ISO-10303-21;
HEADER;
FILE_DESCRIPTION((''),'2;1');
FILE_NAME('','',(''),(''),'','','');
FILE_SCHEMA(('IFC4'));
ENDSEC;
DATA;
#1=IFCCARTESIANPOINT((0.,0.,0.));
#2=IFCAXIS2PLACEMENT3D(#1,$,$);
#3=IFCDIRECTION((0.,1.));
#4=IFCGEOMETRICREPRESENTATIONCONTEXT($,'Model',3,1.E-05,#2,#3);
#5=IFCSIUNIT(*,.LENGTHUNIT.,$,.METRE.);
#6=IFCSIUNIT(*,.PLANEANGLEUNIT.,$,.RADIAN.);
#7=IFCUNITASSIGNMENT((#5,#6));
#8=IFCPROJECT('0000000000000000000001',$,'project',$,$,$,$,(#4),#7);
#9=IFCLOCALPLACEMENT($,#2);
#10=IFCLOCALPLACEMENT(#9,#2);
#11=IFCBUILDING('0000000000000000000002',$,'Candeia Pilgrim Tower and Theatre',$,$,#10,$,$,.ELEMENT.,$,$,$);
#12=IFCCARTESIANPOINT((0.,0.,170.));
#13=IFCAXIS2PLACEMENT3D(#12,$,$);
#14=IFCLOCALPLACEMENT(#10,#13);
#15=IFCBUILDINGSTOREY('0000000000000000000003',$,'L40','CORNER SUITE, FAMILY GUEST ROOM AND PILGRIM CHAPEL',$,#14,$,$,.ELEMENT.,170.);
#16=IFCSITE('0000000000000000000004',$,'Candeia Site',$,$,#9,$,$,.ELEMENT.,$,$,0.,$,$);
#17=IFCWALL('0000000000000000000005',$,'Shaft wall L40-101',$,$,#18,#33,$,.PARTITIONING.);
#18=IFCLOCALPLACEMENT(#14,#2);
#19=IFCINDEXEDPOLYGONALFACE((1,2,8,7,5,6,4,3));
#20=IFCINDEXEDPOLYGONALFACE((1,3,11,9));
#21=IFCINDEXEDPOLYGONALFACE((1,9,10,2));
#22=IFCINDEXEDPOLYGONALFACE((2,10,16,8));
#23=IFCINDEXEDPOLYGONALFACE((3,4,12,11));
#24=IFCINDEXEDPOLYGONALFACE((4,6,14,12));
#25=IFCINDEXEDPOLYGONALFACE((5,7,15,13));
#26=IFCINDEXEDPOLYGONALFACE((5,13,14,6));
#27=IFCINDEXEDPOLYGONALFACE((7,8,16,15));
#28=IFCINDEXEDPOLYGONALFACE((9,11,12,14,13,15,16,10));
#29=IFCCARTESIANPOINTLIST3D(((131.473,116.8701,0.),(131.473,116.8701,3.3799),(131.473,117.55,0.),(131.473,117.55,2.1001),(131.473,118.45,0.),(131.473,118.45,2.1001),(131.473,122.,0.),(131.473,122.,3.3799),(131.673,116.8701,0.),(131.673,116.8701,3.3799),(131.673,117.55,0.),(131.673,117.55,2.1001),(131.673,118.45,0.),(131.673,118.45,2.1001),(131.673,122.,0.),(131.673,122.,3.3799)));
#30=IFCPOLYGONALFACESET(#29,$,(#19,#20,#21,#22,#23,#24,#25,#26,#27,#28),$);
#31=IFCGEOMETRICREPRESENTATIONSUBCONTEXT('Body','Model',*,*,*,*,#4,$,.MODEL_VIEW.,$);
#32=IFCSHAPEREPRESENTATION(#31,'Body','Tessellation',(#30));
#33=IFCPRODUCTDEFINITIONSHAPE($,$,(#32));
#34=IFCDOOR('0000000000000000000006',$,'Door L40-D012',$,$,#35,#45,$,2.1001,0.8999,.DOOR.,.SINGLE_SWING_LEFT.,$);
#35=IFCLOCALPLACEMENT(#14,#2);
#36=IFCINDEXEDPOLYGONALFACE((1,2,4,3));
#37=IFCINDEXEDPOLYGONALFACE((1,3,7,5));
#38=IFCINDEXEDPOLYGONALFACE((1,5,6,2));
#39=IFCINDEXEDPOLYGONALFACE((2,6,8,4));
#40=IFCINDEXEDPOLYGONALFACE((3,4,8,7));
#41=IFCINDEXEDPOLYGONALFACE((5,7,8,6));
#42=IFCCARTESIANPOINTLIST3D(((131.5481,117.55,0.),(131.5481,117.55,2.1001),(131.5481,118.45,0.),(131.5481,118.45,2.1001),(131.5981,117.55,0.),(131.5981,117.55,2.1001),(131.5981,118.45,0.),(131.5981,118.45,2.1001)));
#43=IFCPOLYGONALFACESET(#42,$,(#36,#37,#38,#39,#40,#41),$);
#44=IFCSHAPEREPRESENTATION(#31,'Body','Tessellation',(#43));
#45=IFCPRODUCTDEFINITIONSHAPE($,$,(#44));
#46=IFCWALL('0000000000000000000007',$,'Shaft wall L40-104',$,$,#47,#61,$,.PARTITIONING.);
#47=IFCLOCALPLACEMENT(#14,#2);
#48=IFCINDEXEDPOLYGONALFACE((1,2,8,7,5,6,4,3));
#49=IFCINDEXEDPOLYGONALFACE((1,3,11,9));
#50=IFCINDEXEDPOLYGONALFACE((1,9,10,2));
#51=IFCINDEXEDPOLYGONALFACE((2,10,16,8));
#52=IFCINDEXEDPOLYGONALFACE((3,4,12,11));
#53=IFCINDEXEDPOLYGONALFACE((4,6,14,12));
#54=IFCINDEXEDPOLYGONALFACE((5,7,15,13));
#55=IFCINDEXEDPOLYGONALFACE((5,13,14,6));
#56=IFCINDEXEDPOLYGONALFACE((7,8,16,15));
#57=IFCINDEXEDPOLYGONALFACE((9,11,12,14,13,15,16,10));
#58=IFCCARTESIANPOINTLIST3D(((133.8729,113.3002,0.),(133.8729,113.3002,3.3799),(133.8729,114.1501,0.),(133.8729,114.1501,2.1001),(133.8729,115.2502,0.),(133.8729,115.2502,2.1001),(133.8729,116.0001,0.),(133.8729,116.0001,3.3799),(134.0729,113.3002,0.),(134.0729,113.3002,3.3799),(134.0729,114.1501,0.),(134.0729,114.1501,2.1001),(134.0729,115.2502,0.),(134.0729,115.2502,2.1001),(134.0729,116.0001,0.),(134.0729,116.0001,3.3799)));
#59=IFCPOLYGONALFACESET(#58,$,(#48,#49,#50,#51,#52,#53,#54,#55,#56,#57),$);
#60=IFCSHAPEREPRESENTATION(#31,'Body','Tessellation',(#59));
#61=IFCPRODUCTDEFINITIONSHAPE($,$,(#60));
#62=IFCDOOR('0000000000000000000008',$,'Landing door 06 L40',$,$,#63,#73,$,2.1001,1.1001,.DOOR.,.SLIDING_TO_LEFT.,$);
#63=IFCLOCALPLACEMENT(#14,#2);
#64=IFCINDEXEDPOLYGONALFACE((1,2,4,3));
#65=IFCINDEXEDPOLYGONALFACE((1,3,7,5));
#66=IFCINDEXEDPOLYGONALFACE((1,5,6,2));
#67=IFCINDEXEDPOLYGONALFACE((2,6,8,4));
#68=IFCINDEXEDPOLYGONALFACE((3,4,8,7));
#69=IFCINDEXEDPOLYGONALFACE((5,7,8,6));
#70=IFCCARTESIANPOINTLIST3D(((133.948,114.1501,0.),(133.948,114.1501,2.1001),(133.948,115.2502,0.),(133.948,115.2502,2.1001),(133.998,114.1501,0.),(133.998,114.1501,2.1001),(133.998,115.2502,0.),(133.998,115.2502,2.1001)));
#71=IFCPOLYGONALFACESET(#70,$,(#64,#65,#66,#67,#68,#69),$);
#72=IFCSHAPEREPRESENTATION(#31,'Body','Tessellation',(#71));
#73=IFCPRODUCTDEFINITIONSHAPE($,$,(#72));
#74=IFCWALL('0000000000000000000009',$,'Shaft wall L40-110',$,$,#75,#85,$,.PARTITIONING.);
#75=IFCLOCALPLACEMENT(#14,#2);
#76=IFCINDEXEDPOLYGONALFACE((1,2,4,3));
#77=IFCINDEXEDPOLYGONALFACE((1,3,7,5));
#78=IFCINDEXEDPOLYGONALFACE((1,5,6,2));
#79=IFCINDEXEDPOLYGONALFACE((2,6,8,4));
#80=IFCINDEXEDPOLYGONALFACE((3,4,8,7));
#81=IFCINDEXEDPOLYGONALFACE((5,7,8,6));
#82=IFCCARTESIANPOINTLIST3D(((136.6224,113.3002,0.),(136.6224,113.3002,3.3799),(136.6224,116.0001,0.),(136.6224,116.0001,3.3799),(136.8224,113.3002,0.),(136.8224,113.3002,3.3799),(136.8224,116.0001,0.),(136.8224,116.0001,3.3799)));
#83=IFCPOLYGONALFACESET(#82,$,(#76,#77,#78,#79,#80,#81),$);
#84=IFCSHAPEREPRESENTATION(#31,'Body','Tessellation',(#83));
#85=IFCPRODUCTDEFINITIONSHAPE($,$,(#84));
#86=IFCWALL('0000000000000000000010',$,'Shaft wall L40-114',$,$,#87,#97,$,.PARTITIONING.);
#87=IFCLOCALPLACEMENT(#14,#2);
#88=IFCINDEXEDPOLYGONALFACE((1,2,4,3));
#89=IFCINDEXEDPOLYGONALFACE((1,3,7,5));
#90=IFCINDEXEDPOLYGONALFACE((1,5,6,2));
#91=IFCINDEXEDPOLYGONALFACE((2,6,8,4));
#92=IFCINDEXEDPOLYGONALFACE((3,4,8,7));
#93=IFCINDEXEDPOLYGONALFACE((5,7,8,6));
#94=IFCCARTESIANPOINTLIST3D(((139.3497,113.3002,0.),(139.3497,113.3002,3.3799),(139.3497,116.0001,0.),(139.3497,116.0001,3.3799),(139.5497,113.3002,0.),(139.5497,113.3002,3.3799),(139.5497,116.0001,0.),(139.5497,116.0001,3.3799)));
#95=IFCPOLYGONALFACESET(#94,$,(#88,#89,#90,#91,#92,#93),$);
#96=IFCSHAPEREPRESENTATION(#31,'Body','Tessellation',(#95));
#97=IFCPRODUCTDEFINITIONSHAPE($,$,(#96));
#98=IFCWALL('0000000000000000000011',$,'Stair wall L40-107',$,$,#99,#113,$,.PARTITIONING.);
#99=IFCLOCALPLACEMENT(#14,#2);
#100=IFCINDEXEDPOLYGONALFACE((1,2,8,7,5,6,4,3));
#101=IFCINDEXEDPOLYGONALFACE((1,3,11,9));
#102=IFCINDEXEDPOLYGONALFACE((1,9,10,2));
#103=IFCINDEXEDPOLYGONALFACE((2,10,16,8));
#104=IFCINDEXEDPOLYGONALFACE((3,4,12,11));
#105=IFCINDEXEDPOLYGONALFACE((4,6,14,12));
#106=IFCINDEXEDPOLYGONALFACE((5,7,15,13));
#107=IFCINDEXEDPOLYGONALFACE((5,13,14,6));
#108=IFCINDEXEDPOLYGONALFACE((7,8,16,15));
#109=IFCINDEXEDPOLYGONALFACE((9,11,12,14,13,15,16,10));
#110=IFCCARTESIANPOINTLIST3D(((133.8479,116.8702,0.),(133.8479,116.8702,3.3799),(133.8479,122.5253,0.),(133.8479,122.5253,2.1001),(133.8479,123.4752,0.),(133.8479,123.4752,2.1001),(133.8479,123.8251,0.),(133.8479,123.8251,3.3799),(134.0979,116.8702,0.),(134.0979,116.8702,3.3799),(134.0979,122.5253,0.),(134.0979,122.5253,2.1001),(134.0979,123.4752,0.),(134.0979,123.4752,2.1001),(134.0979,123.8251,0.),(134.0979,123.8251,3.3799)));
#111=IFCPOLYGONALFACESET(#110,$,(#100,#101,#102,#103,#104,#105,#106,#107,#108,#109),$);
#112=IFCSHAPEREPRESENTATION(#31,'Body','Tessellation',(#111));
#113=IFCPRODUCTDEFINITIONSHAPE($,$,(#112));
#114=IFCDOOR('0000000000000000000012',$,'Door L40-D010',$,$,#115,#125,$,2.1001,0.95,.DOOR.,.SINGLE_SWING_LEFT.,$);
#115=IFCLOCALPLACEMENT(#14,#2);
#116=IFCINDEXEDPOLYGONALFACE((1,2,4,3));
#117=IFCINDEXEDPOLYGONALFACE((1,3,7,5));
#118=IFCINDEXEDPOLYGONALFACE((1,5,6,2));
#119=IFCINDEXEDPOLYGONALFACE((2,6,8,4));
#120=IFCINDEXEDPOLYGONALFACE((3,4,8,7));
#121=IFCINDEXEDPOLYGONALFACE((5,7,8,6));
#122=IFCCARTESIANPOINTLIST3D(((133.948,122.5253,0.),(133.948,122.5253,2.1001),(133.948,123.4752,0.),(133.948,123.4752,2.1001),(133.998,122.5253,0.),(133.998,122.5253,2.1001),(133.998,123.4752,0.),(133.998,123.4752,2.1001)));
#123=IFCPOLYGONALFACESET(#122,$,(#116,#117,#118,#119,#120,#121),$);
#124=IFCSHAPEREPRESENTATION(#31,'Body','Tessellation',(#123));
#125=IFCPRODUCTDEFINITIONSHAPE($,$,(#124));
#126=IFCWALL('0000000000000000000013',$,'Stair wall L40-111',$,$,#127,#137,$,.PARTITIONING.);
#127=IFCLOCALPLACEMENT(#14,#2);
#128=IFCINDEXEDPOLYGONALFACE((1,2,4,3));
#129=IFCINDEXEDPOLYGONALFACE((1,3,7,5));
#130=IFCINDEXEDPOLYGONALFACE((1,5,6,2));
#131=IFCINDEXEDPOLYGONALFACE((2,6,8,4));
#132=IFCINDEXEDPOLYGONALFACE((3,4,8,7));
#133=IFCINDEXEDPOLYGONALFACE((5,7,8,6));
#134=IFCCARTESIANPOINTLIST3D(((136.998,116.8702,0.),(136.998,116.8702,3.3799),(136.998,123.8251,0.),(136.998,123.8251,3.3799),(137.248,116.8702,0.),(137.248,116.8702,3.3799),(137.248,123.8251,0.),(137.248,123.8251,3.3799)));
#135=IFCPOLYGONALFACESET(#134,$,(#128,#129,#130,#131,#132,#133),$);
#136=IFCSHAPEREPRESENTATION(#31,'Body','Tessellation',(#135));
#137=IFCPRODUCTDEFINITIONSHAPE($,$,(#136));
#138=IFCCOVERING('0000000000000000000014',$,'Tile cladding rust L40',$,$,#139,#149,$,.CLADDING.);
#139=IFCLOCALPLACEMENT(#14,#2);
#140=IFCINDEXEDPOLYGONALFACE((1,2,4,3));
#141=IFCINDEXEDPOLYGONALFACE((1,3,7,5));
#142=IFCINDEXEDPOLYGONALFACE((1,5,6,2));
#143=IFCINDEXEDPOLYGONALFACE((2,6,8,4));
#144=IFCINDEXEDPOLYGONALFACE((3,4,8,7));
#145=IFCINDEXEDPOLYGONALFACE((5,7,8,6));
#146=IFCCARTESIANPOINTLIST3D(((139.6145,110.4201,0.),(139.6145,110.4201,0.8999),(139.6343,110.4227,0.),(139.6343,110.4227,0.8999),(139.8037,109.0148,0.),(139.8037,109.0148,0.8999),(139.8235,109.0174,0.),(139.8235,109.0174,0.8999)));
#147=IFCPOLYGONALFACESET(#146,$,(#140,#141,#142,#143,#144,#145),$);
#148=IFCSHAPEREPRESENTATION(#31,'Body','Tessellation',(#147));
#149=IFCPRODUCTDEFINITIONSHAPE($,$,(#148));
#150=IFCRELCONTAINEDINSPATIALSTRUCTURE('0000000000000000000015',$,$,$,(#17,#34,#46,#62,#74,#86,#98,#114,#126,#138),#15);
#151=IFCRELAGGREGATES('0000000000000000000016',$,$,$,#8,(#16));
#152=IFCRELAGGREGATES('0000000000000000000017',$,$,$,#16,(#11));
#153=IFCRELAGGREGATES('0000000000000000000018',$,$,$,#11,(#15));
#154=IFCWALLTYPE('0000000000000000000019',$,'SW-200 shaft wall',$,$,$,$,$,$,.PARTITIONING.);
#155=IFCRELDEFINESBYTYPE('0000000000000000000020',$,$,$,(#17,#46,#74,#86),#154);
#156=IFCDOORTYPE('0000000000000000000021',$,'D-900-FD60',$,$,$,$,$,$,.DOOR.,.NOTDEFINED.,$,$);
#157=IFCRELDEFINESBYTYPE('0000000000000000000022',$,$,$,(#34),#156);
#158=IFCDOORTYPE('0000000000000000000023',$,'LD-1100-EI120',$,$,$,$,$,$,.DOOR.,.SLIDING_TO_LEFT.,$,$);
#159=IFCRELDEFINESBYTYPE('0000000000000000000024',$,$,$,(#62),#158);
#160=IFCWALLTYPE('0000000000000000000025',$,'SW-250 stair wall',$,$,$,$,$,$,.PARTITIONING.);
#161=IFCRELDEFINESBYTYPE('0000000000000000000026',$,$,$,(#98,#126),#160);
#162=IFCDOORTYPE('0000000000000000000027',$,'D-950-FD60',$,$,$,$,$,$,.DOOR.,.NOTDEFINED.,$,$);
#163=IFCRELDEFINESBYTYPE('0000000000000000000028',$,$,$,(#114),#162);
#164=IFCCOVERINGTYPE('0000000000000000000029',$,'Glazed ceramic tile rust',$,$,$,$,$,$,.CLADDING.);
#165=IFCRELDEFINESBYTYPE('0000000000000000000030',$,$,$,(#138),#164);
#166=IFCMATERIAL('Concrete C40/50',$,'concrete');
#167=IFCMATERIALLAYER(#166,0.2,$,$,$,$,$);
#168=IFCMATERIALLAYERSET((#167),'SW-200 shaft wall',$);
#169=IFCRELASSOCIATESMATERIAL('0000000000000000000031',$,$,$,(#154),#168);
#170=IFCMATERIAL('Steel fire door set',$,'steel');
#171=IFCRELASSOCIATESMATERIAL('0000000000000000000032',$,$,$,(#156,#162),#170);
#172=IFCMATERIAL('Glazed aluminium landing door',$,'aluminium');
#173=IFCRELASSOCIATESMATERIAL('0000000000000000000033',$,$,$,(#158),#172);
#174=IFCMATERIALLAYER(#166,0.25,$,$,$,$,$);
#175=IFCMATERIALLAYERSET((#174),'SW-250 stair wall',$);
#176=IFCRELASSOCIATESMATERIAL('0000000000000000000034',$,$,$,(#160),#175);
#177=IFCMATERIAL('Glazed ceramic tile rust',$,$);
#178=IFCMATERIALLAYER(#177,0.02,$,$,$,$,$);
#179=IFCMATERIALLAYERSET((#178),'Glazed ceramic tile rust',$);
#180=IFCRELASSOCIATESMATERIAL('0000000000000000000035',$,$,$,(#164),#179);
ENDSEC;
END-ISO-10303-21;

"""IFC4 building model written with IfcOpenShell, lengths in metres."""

from ifc_helpers import new_model, si_unit, direction, frame, frame_2d, origin, origin_2d, place, context, subcontext, project, spatial, rectangle, extrude, material, layer, layer_set, type_object, element, fill, save


model = new_model("IFC4")

# Units and contexts
model_context = context("Model", 3, precision=1e-05, world=origin(), true_north=direction((0.0, 1.0)))
body_context = subcontext(model_context, "Body", "Model", "MODEL_VIEW")
ifc_project = project(units=[si_unit("LENGTHUNIT", "METRE"), si_unit("PLANEANGLEUNIT", "RADIAN")], contexts=[model_context])

# Site, building, storey
site_placement = place(None, origin())
site = spatial("IfcSite", under=ifc_project, at=site_placement, Name="Candeia Site", CompositionType="ELEMENT", RefElevation=0.0)
building_placement = place(site_placement, origin())
building = spatial("IfcBuilding", under=site, at=building_placement, Name="Candeia Pilgrim Tower and Theatre", CompositionType="ELEMENT")
storey_placement = place(building_placement, frame((0.0, 0.0, 170.0)))
storey = spatial("IfcBuildingStorey", under=building, at=storey_placement, Name="L40", Description="CORNER SUITE, FAMILY GUEST ROOM AND PILGRIM CHAPEL", CompositionType="ELEMENT", Elevation=170.0)

# Shared definitions
ifc_material_1 = material(Name="Steel fire door set", Category="steel")

# Walls, openings, doors
ifc_material_2 = material(Name="Concrete C40/50", Category="concrete")
ifc_layer_1 = layer(ifc_material_2, 0.2)
ifc_layer_set_1 = layer_set([ifc_layer_1], Name="SW-200 shaft wall")
wall_type_1 = type_object("IfcWallType", Name="SW-200 shaft wall", PredefinedType="PARTITIONING", material=ifc_layer_set_1)
door_type_1 = type_object("IfcDoorType", Name="D-900-FD60", OperationType="NOTDEFINED", PredefinedType="DOOR", material=ifc_material_1)
wall_1_placement = place(storey_placement, frame((131.573, 116.8701, 0.0), z_axis=(0.0, 0.0, 1.0), x_axis=(0.0, 1.0, 0.0)))
wall_1 = element("IfcWall", 1, at=wall_1_placement, inside=storey, type_object=wall_type_1, Name="Shaft wall L40-101", PredefinedType="PARTITIONING", context=body_context, shape_type="SweptSolid", body=[
    extrude(rectangle(XDim=5.1299, YDim=0.2, at=frame_2d((2.5649, 0.0))), origin(), (0.0, 0.0, 1.0), 3.3799),
])
opening_1_placement = place(wall_1_placement, frame((0.6799, 0.0, 0.0)))
opening_1 = element("IfcOpeningElement", 2, at=opening_1_placement, cuts=wall_1, PredefinedType="OPENING", context=body_context, shape_type="SweptSolid", body=[
    extrude(rectangle(XDim=0.8999, YDim=2.1001, at=frame_2d((0.45, 1.05))), frame((0.0, 0.1099, 0.0), z_axis=(0.0, -1.0, 0.0), x_axis=(1.0, 0.0, 0.0)), (0.0, 0.0, 1.0), 0.22),
])
door_1_placement = place(opening_1_placement, origin())
door_1 = element("IfcDoor", 3, at=door_1_placement, inside=storey, type_object=door_type_1, Name="Door L40-D012", OperationType="SINGLE_SWING_LEFT", OverallHeight=2.1001, OverallWidth=0.8999, PredefinedType="DOOR", context=body_context, shape_type="SweptSolid", body=[
    extrude(rectangle(XDim=0.8999, YDim=2.1001, at=frame_2d((0.45, 1.05))), frame((0.0, 0.0249, 0.0), z_axis=(0.0, -1.0, 0.0), x_axis=(1.0, 0.0, 0.0)), (0.0, 0.0, 1.0), 0.05),
])
fill(opening_1, door_1)
wall_2_placement = place(storey_placement, frame((133.9729, 113.3, 0.0), z_axis=(0.0, 0.0, 1.0), x_axis=(0.0, 1.0, 0.0)))
wall_2 = element("IfcWall", 4, at=wall_2_placement, inside=storey, type_object=wall_type_1, Name="Shaft wall L40-104", PredefinedType="PARTITIONING", context=body_context, shape_type="SweptSolid", body=[
    extrude(rectangle(XDim=2.7, YDim=0.2, at=frame_2d((1.3501, 0.0))), origin(), (0.0, 0.0, 1.0), 3.3799),
])
opening_2_placement = place(wall_2_placement, frame((0.8501, 0.0, 0.0)))
opening_2 = element("IfcOpeningElement", 5, at=opening_2_placement, cuts=wall_2, PredefinedType="OPENING", context=body_context, shape_type="SweptSolid", body=[
    extrude(rectangle(XDim=1.1001, YDim=2.1001, at=frame_2d((0.55, 1.05))), frame((0.0, 0.1099, 0.0), z_axis=(0.0, -1.0, 0.0), x_axis=(1.0, 0.0, 0.0)), (0.0, 0.0, 1.0), 0.22),
])
ifc_material_3 = material(Name="Glazed aluminium landing door", Category="aluminium")
door_type_2 = type_object("IfcDoorType", Name="LD-1100-EI120", OperationType="SLIDING_TO_LEFT", PredefinedType="DOOR", material=ifc_material_3)
door_2_placement = place(opening_2_placement, origin())
door_2 = element("IfcDoor", 6, at=door_2_placement, inside=storey, type_object=door_type_2, Name="Landing door 06 L40", OperationType="SLIDING_TO_LEFT", OverallHeight=2.1001, OverallWidth=1.1001, PredefinedType="DOOR", context=body_context, shape_type="SweptSolid", body=[
    extrude(rectangle(XDim=1.1001, YDim=2.1001, at=frame_2d((0.55, 1.05))), frame((0.0, 0.0249, 0.0), z_axis=(0.0, -1.0, 0.0), x_axis=(1.0, 0.0, 0.0)), (0.0, 0.0, 1.0), 0.05),
])
fill(opening_2, door_2)

# Walls
for number, where, z_axis, x_axis, name in (
    (7, (136.7224, 113.3, 0.0), (0.0, 0.0, 1.0), (0.0, 1.0, 0.0), "Shaft wall L40-110"),
    (8, (139.4497, 113.3, 0.0), (0.0, 0.0, 1.0), (0.0, 1.0, 0.0), "Shaft wall L40-114"),
):
    element("IfcWall", number, at=place(storey_placement, frame(where, z_axis=z_axis, x_axis=x_axis)), inside=storey, type_object=wall_type_1, Name=name, PredefinedType="PARTITIONING", context=body_context, shape_type="SweptSolid", body=[
        extrude(rectangle(XDim=2.7, YDim=0.2, at=frame_2d((1.3501, 0.0))), origin(), (0.0, 0.0, 1.0), 3.3799),
    ])

# Wall, opening, door
ifc_layer_2 = layer(ifc_material_2, 0.25)
ifc_layer_set_2 = layer_set([ifc_layer_2], Name="SW-250 stair wall")
wall_type_2 = type_object("IfcWallType", Name="SW-250 stair wall", PredefinedType="PARTITIONING", material=ifc_layer_set_2)
wall_3_placement = place(storey_placement, frame((133.9729, 116.8701, 0.0), z_axis=(0.0, 0.0, 1.0), x_axis=(0.0, 1.0, 0.0)))
wall_3 = element("IfcWall", 9, at=wall_3_placement, inside=storey, type_object=wall_type_2, Name="Stair wall L40-107", PredefinedType="PARTITIONING", context=body_context, shape_type="SweptSolid", body=[
    extrude(rectangle(XDim=6.9548, YDim=0.25, at=frame_2d((3.4775, 0.0))), origin(), (0.0, 0.0, 1.0), 3.3799),
])
opening_3_placement = place(wall_3_placement, frame((5.655, 0.0, 0.0)))
opening_3 = element("IfcOpeningElement", 10, at=opening_3_placement, cuts=wall_3, PredefinedType="OPENING", context=body_context, shape_type="SweptSolid", body=[
    extrude(rectangle(XDim=0.95, YDim=2.1001, at=frame_2d((0.4751, 1.05))), frame((0.0, 0.135, 0.0), z_axis=(0.0, -1.0, 0.0), x_axis=(1.0, 0.0, 0.0)), (0.0, 0.0, 1.0), 0.27),
])
door_type_3 = type_object("IfcDoorType", Name="D-950-FD60", OperationType="NOTDEFINED", PredefinedType="DOOR", material=ifc_material_1)
door_3_placement = place(opening_3_placement, origin())
door_3 = element("IfcDoor", 11, at=door_3_placement, inside=storey, type_object=door_type_3, Name="Door L40-D010", OperationType="SINGLE_SWING_LEFT", OverallHeight=2.1001, OverallWidth=0.95, PredefinedType="DOOR", context=body_context, shape_type="SweptSolid", body=[
    extrude(rectangle(XDim=0.95, YDim=2.1001, at=frame_2d((0.4751, 1.05))), frame((0.0, 0.0249, 0.0), z_axis=(0.0, -1.0, 0.0), x_axis=(1.0, 0.0, 0.0)), (0.0, 0.0, 1.0), 0.05),
])
fill(opening_3, door_3)

# Wall
wall_4_placement = place(storey_placement, frame((137.123, 116.8701, 0.0), z_axis=(0.0, 0.0, 1.0), x_axis=(0.0, 1.0, 0.0)))
element("IfcWall", 12, at=wall_4_placement, inside=storey, type_object=wall_type_2, Name="Stair wall L40-111", PredefinedType="PARTITIONING", context=body_context, shape_type="SweptSolid", body=[
    extrude(rectangle(XDim=6.9548, YDim=0.25, at=frame_2d((3.4775, 0.0))), origin(), (0.0, 0.0, 1.0), 3.3799),
])

# Covering
ifc_material_4 = material(Name="Glazed ceramic tile rust")
ifc_layer_3 = layer(ifc_material_4, 0.02)
ifc_layer_set_3 = layer_set([ifc_layer_3], Name="Glazed ceramic tile rust")
covering_type = type_object("IfcCoveringType", Name="Glazed ceramic tile rust", PredefinedType="CLADDING", material=ifc_layer_set_3)
covering_placement = place(storey_placement, frame((139.719, 109.7188, 0.0), z_axis=(0.0, 0.0, 1.0), x_axis=(-0.133412, 0.991061, 0.0)))
element("IfcCovering", 13, at=covering_placement, inside=storey, type_object=covering_type, Name="Tile cladding rust L40", PredefinedType="CLADDING", context=body_context, shape_type="SweptSolid", body=[
    extrude(rectangle(XDim=1.418, YDim=0.02, at=origin_2d()), origin(), (0.0, 0.0, 1.0), 0.8999),
])

save(model, "model.ifc")
